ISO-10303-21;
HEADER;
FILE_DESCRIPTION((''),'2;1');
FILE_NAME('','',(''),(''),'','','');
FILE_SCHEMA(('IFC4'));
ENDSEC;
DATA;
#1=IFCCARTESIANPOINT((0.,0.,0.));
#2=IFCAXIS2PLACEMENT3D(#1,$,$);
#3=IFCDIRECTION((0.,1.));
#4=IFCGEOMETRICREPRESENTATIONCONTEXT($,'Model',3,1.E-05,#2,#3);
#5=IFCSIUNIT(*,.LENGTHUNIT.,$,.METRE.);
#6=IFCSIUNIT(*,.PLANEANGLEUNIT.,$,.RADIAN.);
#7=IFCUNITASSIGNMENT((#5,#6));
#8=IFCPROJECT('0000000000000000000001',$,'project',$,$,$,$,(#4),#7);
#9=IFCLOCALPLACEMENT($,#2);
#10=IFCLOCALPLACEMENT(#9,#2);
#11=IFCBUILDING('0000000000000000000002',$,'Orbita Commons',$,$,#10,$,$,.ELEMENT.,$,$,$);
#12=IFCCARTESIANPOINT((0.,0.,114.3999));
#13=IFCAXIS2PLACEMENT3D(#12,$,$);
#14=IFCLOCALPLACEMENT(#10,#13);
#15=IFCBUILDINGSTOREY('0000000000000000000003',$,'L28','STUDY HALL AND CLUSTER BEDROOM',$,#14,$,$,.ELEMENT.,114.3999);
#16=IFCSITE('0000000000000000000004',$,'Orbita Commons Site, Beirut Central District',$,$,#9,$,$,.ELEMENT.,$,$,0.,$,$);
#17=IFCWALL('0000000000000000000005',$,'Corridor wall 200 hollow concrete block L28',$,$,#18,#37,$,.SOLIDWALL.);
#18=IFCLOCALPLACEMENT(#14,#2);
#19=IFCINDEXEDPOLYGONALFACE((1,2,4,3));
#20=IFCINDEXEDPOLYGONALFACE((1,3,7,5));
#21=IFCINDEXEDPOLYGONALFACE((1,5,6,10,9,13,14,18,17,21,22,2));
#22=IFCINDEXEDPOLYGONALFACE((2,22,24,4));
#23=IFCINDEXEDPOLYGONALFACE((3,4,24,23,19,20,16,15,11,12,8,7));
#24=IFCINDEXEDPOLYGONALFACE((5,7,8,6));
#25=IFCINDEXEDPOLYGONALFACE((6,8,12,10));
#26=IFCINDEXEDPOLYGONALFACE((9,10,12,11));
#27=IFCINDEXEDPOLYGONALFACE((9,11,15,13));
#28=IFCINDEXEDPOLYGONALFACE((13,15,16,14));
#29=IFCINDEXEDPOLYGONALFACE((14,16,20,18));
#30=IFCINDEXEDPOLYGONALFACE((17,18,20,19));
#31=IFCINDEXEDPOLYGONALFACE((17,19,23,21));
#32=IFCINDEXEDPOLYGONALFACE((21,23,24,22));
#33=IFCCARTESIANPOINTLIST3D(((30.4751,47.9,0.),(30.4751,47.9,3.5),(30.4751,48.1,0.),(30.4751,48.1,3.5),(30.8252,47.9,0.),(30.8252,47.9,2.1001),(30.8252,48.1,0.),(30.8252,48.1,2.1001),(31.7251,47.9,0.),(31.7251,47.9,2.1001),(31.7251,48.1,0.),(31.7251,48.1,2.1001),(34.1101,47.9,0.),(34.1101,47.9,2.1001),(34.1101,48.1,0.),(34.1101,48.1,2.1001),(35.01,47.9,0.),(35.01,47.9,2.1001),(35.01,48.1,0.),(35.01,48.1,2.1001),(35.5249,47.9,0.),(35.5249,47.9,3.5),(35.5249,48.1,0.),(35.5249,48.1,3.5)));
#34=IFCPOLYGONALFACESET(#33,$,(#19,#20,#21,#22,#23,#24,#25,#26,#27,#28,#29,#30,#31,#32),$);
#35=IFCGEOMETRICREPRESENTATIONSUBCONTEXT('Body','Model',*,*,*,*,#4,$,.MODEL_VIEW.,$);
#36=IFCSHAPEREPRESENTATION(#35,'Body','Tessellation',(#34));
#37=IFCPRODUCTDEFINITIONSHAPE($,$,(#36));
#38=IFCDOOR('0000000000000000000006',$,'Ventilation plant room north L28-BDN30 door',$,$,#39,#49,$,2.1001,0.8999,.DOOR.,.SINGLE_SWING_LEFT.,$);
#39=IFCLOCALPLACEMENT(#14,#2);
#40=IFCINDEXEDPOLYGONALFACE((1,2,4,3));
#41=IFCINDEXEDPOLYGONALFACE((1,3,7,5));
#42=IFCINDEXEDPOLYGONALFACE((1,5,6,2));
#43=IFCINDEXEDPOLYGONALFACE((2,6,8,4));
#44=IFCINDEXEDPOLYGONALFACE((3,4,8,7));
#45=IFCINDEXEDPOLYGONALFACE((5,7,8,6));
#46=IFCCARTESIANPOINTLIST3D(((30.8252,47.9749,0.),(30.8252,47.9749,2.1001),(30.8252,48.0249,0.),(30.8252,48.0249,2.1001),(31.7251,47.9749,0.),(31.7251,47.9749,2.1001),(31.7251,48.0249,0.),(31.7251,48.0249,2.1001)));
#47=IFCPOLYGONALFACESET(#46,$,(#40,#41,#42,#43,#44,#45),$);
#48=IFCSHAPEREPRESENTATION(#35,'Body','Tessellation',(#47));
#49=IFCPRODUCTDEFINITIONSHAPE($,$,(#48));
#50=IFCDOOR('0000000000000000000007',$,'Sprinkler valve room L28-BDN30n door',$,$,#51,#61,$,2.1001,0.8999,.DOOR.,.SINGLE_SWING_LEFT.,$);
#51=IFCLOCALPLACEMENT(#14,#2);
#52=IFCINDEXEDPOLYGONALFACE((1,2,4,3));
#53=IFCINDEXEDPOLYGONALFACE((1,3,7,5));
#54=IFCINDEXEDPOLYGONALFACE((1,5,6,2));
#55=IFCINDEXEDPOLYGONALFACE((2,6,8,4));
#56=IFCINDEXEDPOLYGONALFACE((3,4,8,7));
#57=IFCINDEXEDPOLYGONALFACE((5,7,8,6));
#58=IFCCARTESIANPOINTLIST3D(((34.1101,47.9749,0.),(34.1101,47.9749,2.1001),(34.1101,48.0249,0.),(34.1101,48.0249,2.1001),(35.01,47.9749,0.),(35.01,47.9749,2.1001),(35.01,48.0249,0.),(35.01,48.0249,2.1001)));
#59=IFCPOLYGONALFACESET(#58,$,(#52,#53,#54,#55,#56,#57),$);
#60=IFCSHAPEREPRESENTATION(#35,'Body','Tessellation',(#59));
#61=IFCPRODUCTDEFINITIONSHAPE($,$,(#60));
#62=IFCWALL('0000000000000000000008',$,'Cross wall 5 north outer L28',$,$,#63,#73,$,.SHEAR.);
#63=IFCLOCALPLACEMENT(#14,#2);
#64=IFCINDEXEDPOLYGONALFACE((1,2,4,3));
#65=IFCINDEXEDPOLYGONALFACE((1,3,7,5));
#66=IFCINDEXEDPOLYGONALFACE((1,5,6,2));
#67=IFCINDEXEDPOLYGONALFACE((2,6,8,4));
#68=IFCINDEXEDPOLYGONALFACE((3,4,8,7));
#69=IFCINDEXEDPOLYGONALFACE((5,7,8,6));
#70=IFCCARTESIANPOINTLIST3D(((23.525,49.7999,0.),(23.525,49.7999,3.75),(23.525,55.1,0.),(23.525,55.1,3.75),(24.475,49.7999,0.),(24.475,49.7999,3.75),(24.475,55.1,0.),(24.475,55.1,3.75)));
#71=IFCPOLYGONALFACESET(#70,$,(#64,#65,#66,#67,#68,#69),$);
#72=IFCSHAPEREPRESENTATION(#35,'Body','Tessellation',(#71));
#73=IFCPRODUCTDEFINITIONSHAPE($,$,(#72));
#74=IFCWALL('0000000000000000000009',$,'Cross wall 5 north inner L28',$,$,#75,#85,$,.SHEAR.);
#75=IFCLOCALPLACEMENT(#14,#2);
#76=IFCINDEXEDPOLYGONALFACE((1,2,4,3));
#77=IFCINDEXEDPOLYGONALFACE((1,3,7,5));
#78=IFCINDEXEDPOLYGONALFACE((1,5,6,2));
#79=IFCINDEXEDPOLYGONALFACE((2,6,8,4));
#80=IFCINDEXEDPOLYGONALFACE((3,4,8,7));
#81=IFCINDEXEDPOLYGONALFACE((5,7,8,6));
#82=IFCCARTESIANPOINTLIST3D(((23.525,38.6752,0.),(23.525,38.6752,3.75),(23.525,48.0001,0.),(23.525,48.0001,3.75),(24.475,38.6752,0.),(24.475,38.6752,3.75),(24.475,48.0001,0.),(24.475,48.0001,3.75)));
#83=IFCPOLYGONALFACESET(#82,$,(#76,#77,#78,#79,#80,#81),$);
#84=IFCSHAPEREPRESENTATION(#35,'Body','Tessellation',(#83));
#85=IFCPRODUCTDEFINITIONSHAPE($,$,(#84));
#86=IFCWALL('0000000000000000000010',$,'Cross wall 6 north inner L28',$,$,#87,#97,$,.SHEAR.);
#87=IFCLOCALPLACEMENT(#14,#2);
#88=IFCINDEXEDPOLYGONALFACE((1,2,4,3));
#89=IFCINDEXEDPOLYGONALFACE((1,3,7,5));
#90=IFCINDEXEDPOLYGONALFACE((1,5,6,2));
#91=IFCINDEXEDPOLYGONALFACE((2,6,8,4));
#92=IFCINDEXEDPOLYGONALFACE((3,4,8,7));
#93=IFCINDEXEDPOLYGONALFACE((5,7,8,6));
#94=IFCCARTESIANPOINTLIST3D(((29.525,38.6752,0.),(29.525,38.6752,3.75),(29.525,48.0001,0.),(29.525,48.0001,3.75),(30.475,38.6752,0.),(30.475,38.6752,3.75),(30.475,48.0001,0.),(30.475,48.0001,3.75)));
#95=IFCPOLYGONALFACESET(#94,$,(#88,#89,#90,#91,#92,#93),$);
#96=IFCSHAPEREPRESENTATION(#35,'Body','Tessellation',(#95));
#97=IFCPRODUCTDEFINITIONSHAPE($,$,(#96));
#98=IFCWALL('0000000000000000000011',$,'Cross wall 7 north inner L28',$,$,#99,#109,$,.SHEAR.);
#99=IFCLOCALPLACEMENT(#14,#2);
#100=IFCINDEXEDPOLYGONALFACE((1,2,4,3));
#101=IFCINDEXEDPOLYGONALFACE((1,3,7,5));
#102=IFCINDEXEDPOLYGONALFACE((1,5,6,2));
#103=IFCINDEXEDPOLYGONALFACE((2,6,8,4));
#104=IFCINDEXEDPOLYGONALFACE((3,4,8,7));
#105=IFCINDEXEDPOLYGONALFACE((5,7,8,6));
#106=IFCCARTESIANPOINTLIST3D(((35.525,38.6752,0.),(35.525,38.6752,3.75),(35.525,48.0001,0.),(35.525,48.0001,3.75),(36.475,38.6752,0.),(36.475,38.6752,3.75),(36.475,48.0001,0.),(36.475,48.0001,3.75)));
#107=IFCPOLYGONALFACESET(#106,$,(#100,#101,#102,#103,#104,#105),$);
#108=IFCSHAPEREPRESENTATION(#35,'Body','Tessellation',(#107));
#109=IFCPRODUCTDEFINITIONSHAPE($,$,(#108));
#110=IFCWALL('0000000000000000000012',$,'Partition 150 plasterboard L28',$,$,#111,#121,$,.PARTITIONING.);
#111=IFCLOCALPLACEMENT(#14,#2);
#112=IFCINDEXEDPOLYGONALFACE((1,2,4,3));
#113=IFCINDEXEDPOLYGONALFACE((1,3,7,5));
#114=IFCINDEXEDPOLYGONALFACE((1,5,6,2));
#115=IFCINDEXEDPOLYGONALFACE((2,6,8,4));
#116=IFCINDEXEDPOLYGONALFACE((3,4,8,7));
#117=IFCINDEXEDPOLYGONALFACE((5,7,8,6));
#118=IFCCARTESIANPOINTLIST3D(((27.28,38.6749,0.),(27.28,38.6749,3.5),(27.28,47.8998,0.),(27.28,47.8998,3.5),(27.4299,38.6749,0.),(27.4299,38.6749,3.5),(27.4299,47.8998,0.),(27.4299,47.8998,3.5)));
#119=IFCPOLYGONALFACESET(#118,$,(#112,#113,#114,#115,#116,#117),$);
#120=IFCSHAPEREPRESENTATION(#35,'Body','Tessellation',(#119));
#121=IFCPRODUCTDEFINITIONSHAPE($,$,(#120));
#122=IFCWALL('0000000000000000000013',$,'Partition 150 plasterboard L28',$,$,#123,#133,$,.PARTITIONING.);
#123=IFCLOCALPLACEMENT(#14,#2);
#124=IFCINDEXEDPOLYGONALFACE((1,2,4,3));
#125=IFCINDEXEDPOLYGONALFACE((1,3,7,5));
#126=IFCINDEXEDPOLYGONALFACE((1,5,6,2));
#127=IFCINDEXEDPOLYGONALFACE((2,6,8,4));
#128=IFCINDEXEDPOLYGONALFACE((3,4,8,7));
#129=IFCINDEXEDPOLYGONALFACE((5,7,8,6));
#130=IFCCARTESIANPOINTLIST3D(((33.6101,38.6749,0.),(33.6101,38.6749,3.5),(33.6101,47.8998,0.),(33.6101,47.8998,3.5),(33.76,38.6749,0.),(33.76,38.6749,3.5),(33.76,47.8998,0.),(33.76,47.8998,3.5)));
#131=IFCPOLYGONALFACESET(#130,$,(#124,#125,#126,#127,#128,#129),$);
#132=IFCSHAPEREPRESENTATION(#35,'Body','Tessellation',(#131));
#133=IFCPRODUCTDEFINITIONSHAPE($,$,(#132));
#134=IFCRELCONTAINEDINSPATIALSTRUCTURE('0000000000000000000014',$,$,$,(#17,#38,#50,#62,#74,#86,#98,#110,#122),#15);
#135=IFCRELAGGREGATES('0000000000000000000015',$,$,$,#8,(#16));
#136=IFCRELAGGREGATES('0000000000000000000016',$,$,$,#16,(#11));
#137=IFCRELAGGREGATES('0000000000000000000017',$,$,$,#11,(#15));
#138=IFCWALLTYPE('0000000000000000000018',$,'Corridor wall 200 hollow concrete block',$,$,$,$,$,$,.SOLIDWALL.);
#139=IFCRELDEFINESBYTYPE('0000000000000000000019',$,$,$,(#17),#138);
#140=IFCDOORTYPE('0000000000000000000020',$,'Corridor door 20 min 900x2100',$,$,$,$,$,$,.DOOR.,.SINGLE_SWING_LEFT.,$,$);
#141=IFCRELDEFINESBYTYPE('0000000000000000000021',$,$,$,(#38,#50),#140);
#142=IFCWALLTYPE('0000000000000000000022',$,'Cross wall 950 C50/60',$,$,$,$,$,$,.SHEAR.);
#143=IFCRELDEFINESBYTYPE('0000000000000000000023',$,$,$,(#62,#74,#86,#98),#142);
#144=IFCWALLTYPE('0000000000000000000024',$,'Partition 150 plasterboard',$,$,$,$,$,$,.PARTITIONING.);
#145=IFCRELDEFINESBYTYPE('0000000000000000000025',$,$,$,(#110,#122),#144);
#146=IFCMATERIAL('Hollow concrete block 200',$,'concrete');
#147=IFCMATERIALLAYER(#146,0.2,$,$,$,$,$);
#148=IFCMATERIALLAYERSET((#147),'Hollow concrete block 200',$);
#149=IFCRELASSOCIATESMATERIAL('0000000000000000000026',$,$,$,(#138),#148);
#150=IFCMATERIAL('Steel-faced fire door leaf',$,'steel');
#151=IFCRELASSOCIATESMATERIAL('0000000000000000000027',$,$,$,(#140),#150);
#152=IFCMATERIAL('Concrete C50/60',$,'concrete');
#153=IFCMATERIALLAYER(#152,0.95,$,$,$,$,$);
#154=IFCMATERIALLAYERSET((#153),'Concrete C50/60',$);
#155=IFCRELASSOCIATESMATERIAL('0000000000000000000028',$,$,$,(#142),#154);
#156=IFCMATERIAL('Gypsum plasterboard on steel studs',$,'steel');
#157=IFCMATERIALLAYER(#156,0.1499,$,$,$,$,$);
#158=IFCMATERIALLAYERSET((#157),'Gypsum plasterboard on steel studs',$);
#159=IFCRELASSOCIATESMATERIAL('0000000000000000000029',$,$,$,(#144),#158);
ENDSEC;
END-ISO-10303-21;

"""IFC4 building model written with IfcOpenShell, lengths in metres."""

from ifc_helpers import new_model, si_unit, direction, frame, frame_2d, origin, place, context, subcontext, project, spatial, rectangle, extrude, material, layer, layer_set, type_object, element, fill, save


model = new_model("IFC4")

# Units and contexts
model_context = context("Model", 3, precision=1e-05, world=origin(), true_north=direction((0.0, 1.0)))
body_context = subcontext(model_context, "Body", "Model", "MODEL_VIEW")
ifc_project = project(units=[si_unit("LENGTHUNIT", "METRE"), si_unit("PLANEANGLEUNIT", "RADIAN")], contexts=[model_context])

# Site, building, storey
site_placement = place(None, origin())
site = spatial("IfcSite", under=ifc_project, at=site_placement, Name="Orbita Commons Site, Beirut Central District", CompositionType="ELEMENT", RefElevation=0.0)
building_placement = place(site_placement, origin())
building = spatial("IfcBuilding", under=site, at=building_placement, Name="Orbita Commons", CompositionType="ELEMENT")
storey_placement = place(building_placement, frame((0.0, 0.0, 114.3999)))
storey = spatial("IfcBuildingStorey", under=building, at=storey_placement, Name="L28", Description="STUDY HALL AND CLUSTER BEDROOM", CompositionType="ELEMENT", Elevation=114.3999)

# Wall, openings, doors
ifc_material_1 = material(Name="Hollow concrete block 200", Category="concrete")
ifc_layer_1 = layer(ifc_material_1, 0.2)
ifc_layer_set_1 = layer_set([ifc_layer_1], Name="Hollow concrete block 200")
wall_type_1 = type_object("IfcWallType", Name="Corridor wall 200 hollow concrete block", PredefinedType="SOLIDWALL", material=ifc_layer_set_1)
ifc_material_2 = material(Name="Steel-faced fire door leaf", Category="steel")
door_type_1 = type_object("IfcDoorType", Name="Corridor door 20 min 900x2100", OperationType="SINGLE_SWING_LEFT", PredefinedType="DOOR", material=ifc_material_2)
wall_1_placement = place(storey_placement, frame((30.4751, 48.0, 0.0), z_axis=(0.0, 0.0, 1.0), x_axis=(1.0, 0.0, 0.0)))
wall_1 = element("IfcWall", 1, at=wall_1_placement, inside=storey, type_object=wall_type_1, Name="Corridor wall 200 hollow concrete block L28", PredefinedType="SOLIDWALL", context=body_context, shape_type="SweptSolid", body=[
    extrude(rectangle(XDim=5.0498, YDim=0.2, at=frame_2d((2.5249, 0.0))), origin(), (0.0, 0.0, 1.0), 3.5),
])
opening_1_placement = place(wall_1_placement, frame((0.3501, 0.0, 0.0)))
opening_1 = element("IfcOpeningElement", 2, at=opening_1_placement, cuts=wall_1, PredefinedType="OPENING", context=body_context, shape_type="SweptSolid", body=[
    extrude(rectangle(XDim=0.8999, YDim=2.1001, at=frame_2d((0.45, 1.05))), frame((0.0, 0.1099, 0.0), z_axis=(0.0, -1.0, 0.0), x_axis=(1.0, 0.0, 0.0)), (0.0, 0.0, 1.0), 0.22),
])
opening_2_placement = place(wall_1_placement, frame((3.635, 0.0, 0.0)))
opening_2 = element("IfcOpeningElement", 3, at=opening_2_placement, cuts=wall_1, PredefinedType="OPENING", context=body_context, shape_type="SweptSolid", body=[
    extrude(rectangle(XDim=0.8999, YDim=2.1001, at=frame_2d((0.45, 1.05))), frame((0.0, 0.1099, 0.0), z_axis=(0.0, -1.0, 0.0), x_axis=(1.0, 0.0, 0.0)), (0.0, 0.0, 1.0), 0.22),
])
door_1_placement = place(opening_1_placement, origin())
door_1 = element("IfcDoor", 4, at=door_1_placement, inside=storey, type_object=door_type_1, Name="Ventilation plant room north L28-BDN30 door", OperationType="SINGLE_SWING_LEFT", OverallHeight=2.1001, OverallWidth=0.8999, PredefinedType="DOOR", context=body_context, shape_type="SweptSolid", body=[
    extrude(rectangle(XDim=0.8999, YDim=2.1001, at=frame_2d((0.45, 1.05))), frame((0.0, 0.0249, 0.0), z_axis=(0.0, -1.0, 0.0), x_axis=(1.0, 0.0, 0.0)), (0.0, 0.0, 1.0), 0.05),
])
fill(opening_1, door_1)
door_2_placement = place(opening_2_placement, origin())
door_2 = element("IfcDoor", 5, at=door_2_placement, inside=storey, type_object=door_type_1, Name="Sprinkler valve room L28-BDN30n door", OperationType="SINGLE_SWING_LEFT", OverallHeight=2.1001, OverallWidth=0.8999, PredefinedType="DOOR", context=body_context, shape_type="SweptSolid", body=[
    extrude(rectangle(XDim=0.8999, YDim=2.1001, at=frame_2d((0.45, 1.05))), frame((0.0, 0.0249, 0.0), z_axis=(0.0, -1.0, 0.0), x_axis=(1.0, 0.0, 0.0)), (0.0, 0.0, 1.0), 0.05),
])
fill(opening_2, door_2)

# Walls
ifc_material_3 = material(Name="Concrete C50/60", Category="concrete")
ifc_layer_2 = layer(ifc_material_3, 0.95)
ifc_layer_set_2 = layer_set([ifc_layer_2], Name="Concrete C50/60")
wall_type_2 = type_object("IfcWallType", Name="Cross wall 950 C50/60", PredefinedType="SHEAR", material=ifc_layer_set_2)
wall_2_placement = place(storey_placement, frame((24.0, 49.8, 0.0), z_axis=(0.0, 0.0, 1.0), x_axis=(0.0, 1.0, 0.0)))
element("IfcWall", 6, at=wall_2_placement, inside=storey, type_object=wall_type_2, Name="Cross wall 5 north outer L28", PredefinedType="SHEAR", context=body_context, shape_type="SweptSolid", body=[
    extrude(rectangle(XDim=5.3, YDim=0.95, at=frame_2d((2.6499, 0.0))), origin(), (0.0, 0.0, 1.0), 3.75),
])
for number, where, z_axis, x_axis, name in (
    (7, (24.0, 38.675, 0.0), (0.0, 0.0, 1.0), (0.0, 1.0, 0.0), "Cross wall 5 north inner L28"),
    (8, (30.0, 38.675, 0.0), (0.0, 0.0, 1.0), (0.0, 1.0, 0.0), "Cross wall 6 north inner L28"),
    (9, (36.0, 38.675, 0.0), (0.0, 0.0, 1.0), (0.0, 1.0, 0.0), "Cross wall 7 north inner L28"),
):
    element("IfcWall", number, at=place(storey_placement, frame(where, z_axis=z_axis, x_axis=x_axis)), inside=storey, type_object=wall_type_2, Name=name, PredefinedType="SHEAR", context=body_context, shape_type="SweptSolid", body=[
        extrude(rectangle(XDim=9.325, YDim=0.95, at=frame_2d((4.6626, 0.0))), origin(), (0.0, 0.0, 1.0), 3.75),
    ])
ifc_material_4 = material(Name="Gypsum plasterboard on steel studs", Category="steel")
ifc_layer_3 = layer(ifc_material_4, 0.1499)
ifc_layer_set_3 = layer_set([ifc_layer_3], Name="Gypsum plasterboard on steel studs")
wall_type_3 = type_object("IfcWallType", Name="Partition 150 plasterboard", PredefinedType="PARTITIONING", material=ifc_layer_set_3)
for number, where, z_axis, x_axis, name in (
    (10, (27.355, 38.675, 0.0), (0.0, 0.0, 1.0), (0.0, 1.0, 0.0), "Partition 150 plasterboard L28"),
    (11, (33.6851, 38.675, 0.0), (0.0, 0.0, 1.0), (0.0, 1.0, 0.0), "Partition 150 plasterboard L28"),
):
    element("IfcWall", number, at=place(storey_placement, frame(where, z_axis=z_axis, x_axis=x_axis)), inside=storey, type_object=wall_type_3, Name=name, PredefinedType="PARTITIONING", context=body_context, shape_type="SweptSolid", body=[
        extrude(rectangle(XDim=9.2249, YDim=0.1499, at=frame_2d((4.6123, 0.0))), origin(), (0.0, 0.0, 1.0), 3.5),
    ])

save(model, "model.ifc")
